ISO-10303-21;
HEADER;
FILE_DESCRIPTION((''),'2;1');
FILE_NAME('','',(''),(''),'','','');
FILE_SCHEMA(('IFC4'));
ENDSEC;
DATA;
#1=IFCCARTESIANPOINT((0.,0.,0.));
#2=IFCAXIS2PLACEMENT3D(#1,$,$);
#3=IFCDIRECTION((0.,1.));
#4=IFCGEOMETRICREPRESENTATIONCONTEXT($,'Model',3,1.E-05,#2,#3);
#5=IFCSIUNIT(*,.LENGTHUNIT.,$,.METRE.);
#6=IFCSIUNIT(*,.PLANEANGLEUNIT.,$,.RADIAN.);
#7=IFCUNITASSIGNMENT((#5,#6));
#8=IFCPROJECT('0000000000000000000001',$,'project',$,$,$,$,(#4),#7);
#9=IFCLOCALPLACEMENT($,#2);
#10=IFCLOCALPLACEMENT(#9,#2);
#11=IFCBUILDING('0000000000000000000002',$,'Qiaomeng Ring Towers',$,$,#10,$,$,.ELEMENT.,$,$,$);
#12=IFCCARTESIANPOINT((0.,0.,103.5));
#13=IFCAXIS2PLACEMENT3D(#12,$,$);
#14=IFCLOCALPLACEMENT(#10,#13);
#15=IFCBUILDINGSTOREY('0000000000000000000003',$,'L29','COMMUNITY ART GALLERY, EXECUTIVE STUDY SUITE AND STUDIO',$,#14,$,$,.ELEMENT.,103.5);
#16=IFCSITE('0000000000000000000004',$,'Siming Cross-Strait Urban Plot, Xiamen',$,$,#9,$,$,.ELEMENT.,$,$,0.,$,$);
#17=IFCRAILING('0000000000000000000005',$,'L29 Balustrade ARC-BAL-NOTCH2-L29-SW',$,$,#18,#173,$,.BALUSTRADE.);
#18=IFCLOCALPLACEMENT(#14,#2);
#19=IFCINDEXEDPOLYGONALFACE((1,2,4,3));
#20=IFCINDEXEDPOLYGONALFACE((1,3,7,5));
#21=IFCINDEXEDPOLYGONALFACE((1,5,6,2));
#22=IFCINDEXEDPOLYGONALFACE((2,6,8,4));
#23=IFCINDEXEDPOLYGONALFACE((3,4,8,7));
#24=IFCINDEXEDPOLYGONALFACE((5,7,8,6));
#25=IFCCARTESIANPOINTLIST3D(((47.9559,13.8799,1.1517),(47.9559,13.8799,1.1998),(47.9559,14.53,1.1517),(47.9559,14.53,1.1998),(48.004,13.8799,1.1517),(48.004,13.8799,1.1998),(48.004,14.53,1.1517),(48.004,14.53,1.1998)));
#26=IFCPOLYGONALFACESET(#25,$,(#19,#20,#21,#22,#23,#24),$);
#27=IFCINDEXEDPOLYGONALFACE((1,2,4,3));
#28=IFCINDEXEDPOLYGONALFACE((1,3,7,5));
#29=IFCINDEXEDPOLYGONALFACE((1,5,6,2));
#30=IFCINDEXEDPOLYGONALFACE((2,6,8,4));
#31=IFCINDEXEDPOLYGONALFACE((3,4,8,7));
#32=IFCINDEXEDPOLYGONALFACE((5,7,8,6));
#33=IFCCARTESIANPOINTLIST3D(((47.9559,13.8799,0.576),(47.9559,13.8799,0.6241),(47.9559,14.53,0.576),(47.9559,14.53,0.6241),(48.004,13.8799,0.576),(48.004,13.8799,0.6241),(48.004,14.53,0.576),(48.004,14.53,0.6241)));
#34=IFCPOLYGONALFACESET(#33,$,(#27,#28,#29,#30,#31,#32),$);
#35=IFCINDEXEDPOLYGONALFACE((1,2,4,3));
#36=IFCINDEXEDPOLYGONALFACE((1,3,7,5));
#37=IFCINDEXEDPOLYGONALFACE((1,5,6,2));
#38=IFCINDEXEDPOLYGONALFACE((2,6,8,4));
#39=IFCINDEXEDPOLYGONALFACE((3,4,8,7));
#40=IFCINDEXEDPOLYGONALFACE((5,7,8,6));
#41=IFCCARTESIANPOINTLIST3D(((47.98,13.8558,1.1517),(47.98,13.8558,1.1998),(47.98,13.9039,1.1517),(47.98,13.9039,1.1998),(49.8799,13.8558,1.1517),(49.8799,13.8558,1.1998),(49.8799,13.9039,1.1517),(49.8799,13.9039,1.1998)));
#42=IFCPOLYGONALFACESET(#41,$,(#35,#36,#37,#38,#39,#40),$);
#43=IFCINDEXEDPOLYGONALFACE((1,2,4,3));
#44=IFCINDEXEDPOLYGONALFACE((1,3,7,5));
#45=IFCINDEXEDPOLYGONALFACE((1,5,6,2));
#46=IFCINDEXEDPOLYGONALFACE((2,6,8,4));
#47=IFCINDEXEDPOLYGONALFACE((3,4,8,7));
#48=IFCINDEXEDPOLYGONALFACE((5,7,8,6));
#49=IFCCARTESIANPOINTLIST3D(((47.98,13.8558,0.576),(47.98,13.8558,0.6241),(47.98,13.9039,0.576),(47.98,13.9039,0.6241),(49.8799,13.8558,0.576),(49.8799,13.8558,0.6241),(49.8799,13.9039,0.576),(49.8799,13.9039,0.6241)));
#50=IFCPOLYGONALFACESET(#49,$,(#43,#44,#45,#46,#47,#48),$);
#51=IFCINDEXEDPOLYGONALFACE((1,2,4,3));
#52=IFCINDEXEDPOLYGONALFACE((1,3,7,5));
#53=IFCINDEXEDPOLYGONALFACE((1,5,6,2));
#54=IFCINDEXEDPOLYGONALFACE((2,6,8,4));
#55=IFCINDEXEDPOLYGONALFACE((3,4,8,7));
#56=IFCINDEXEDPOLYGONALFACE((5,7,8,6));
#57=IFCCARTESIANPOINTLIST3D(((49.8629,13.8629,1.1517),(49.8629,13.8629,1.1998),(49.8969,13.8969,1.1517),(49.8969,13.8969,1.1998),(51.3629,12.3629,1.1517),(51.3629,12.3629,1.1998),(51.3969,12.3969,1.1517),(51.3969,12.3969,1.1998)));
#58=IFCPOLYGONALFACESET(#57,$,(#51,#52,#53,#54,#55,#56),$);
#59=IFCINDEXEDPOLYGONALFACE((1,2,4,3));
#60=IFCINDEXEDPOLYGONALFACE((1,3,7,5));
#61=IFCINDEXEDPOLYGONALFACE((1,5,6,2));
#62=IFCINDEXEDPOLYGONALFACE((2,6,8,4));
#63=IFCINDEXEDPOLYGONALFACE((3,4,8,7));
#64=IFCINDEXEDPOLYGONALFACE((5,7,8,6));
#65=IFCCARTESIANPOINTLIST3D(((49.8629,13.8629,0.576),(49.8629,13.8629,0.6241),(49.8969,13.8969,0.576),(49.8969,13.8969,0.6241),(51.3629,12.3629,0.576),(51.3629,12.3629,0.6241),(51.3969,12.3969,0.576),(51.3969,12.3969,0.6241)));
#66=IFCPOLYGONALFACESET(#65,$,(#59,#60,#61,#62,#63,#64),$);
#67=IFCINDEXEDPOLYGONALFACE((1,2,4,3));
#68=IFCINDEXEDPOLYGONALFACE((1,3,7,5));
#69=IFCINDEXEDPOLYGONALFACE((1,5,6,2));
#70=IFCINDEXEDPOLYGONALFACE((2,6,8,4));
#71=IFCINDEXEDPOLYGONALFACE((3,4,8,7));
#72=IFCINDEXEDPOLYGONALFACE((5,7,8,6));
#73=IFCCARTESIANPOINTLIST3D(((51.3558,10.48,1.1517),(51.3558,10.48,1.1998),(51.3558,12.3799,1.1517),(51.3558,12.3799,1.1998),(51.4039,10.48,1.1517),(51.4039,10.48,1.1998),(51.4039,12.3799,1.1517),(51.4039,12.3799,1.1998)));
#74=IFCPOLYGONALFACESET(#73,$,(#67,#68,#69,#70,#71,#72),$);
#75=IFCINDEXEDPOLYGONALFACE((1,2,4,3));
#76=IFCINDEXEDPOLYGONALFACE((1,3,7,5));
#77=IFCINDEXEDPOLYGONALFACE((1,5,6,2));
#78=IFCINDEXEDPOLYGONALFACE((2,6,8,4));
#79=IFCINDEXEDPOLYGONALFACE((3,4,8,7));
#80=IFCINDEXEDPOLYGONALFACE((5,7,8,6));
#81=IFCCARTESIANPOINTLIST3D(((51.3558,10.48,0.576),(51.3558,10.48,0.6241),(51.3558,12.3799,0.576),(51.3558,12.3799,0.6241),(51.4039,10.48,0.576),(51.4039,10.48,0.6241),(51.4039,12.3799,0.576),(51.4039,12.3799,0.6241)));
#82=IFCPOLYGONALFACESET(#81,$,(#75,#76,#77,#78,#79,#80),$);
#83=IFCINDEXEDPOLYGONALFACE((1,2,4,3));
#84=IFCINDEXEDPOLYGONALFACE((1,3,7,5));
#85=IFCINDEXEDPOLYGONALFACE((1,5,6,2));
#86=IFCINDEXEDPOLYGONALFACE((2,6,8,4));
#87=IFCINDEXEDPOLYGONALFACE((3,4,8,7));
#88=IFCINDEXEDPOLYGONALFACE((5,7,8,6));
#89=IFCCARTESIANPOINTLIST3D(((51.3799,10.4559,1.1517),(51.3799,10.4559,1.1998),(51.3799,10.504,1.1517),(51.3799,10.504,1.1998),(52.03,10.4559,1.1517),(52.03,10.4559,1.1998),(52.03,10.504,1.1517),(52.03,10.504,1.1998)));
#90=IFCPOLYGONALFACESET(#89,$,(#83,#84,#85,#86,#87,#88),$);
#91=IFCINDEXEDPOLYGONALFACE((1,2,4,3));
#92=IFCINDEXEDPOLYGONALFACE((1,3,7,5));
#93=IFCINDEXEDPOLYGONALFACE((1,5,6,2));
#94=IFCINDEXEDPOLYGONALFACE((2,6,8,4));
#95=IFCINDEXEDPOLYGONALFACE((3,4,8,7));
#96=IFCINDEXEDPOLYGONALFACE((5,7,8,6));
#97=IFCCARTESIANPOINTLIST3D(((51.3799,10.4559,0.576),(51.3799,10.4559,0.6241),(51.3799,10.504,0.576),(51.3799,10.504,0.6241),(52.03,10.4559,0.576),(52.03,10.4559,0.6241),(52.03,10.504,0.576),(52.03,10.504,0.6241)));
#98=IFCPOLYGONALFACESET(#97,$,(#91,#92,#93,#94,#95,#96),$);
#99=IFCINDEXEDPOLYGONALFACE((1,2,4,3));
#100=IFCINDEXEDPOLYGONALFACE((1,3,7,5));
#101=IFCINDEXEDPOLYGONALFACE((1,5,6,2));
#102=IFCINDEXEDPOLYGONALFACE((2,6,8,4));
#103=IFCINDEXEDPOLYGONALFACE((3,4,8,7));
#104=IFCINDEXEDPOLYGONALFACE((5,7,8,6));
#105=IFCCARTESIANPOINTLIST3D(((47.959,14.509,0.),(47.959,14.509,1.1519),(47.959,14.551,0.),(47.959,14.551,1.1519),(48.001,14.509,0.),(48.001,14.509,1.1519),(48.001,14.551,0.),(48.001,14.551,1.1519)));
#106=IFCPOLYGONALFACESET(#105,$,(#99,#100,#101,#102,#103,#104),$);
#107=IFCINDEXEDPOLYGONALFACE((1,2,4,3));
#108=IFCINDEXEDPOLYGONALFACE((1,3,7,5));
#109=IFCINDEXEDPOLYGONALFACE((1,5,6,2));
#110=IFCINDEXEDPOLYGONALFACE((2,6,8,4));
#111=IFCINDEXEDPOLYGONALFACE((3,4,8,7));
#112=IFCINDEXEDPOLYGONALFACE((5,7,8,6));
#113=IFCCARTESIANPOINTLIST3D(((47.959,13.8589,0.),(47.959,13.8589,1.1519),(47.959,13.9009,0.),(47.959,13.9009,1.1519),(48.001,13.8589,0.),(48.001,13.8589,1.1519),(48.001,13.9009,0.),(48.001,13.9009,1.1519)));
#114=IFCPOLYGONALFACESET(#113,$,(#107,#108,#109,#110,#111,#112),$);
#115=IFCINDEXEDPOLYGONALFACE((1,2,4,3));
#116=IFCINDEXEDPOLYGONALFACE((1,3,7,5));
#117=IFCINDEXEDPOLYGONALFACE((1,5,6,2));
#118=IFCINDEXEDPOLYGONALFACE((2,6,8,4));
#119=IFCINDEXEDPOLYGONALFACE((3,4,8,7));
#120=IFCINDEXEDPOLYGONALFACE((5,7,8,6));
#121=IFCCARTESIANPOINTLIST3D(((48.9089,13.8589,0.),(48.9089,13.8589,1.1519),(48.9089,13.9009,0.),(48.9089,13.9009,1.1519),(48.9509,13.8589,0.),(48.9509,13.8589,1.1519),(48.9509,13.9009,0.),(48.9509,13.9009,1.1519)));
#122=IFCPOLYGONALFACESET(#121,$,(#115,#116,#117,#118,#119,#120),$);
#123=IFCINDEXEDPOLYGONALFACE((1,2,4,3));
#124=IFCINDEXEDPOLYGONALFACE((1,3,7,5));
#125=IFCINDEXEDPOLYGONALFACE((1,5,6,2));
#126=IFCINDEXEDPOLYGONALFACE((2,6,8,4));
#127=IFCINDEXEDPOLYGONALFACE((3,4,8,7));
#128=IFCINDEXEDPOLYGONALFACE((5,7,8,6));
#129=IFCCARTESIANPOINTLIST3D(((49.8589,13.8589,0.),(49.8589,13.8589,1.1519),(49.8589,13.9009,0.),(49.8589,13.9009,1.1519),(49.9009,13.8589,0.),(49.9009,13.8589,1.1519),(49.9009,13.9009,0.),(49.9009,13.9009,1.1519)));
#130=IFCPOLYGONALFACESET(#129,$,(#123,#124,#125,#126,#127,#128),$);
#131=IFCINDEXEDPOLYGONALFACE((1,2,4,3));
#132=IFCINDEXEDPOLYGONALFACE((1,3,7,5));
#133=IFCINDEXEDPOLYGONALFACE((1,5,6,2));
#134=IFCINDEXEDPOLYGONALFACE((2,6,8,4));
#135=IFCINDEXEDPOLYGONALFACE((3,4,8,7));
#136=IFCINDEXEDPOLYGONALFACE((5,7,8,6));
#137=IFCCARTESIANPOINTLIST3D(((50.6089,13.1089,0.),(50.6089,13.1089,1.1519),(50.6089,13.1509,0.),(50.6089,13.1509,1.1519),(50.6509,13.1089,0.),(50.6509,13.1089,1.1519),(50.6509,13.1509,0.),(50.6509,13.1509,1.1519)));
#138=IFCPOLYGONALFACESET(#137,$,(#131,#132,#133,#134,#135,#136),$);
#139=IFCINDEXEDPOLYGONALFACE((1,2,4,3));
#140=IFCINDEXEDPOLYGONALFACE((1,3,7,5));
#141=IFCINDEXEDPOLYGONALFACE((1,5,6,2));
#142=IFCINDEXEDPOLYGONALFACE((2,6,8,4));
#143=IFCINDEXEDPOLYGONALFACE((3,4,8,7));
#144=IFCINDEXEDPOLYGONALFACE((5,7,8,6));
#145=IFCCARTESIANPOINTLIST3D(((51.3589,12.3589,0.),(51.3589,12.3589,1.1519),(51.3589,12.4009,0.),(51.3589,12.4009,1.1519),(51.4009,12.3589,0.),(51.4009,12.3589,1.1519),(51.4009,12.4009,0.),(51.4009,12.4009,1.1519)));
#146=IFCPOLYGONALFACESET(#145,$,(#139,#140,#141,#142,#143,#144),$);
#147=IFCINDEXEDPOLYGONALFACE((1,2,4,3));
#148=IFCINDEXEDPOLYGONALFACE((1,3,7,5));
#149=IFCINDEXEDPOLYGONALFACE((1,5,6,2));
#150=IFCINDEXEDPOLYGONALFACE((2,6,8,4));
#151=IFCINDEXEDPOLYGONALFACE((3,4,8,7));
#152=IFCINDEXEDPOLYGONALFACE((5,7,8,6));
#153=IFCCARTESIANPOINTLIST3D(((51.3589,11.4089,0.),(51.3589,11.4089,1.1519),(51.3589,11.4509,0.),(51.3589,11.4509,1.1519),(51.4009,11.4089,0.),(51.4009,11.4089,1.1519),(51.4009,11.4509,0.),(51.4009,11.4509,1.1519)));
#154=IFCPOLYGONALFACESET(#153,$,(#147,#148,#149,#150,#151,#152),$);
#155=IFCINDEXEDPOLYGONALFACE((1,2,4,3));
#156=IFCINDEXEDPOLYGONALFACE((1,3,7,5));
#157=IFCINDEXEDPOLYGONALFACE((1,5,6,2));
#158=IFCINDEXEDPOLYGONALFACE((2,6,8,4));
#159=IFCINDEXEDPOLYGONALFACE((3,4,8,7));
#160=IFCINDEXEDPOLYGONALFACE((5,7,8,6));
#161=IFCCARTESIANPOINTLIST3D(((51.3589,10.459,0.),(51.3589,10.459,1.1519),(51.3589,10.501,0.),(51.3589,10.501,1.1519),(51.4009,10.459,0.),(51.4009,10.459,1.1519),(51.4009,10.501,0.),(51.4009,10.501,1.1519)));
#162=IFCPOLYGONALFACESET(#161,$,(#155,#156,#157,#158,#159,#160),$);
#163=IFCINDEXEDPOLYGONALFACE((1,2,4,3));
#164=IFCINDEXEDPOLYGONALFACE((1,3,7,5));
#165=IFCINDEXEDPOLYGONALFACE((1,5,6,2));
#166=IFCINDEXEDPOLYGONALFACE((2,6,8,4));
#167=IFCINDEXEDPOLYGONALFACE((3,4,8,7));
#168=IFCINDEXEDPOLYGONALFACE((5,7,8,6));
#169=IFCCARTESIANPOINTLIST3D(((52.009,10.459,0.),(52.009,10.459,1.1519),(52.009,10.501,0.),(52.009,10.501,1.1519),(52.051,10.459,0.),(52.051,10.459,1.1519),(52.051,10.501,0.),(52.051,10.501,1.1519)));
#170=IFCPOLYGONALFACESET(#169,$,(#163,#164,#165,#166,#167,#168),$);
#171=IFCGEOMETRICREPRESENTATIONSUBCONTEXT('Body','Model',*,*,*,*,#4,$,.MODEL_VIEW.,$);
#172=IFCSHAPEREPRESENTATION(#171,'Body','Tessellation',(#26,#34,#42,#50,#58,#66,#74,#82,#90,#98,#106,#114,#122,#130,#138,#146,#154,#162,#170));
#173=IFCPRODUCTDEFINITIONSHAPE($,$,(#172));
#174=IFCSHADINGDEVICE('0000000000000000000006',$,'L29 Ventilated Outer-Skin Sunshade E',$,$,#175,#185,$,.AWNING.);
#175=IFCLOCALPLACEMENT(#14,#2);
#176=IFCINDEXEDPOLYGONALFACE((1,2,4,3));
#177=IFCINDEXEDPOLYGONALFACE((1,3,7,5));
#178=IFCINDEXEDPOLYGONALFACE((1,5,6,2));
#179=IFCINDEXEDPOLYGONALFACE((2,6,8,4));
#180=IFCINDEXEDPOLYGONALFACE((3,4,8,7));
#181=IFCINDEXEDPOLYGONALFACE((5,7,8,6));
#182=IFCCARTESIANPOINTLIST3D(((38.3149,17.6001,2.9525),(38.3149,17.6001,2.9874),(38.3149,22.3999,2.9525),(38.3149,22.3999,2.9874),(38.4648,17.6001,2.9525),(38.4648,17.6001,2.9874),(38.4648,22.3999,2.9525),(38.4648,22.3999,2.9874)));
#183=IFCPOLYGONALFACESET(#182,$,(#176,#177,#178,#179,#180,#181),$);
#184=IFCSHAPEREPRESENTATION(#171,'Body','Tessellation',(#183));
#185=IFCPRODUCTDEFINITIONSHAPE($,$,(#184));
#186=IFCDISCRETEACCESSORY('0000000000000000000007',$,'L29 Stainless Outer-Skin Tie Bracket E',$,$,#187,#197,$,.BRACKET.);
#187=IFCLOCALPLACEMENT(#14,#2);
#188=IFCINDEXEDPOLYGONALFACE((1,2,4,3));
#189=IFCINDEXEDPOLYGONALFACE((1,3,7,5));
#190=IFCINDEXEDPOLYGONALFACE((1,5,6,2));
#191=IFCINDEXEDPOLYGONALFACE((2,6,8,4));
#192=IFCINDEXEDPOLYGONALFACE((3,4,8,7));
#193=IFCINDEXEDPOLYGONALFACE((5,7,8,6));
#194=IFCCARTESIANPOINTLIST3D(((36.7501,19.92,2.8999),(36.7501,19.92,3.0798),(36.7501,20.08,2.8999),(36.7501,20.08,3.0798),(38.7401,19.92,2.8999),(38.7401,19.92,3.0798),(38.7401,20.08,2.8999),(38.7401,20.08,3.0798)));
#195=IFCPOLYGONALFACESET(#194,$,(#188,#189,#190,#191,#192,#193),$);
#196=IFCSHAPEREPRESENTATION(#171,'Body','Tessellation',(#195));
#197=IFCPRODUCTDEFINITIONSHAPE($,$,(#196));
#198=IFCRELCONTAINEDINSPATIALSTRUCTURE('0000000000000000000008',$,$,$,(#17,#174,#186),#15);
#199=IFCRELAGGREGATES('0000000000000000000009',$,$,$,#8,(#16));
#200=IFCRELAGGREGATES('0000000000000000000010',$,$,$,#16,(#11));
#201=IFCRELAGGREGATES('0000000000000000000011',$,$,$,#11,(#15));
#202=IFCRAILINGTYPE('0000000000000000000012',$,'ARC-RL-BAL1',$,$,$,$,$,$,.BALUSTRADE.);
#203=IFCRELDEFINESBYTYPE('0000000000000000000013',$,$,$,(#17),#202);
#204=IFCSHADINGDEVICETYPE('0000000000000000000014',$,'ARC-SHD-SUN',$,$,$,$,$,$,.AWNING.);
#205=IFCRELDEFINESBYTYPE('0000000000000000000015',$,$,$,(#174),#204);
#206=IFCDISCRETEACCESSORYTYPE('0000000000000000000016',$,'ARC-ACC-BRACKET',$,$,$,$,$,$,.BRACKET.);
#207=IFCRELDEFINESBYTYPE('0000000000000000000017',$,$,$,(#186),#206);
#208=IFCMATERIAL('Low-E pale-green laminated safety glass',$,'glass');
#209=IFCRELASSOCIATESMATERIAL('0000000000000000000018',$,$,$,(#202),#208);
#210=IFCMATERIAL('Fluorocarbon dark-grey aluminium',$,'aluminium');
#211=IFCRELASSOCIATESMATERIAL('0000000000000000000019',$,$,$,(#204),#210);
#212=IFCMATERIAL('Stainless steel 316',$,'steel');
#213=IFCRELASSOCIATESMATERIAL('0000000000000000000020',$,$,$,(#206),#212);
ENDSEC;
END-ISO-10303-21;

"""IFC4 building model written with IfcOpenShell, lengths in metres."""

from ifc_helpers import new_model, si_unit, direction, frame, origin, origin_2d, place, context, subcontext, project, spatial, rectangle, extrude, source, transform, mapped, material, material_profile, profile_set, type_object, element, save


model = new_model("IFC4")

# Units and contexts
model_context = context("Model", 3, precision=1e-05, world=origin(), true_north=direction((0.0, 1.0)))
body_context = subcontext(model_context, "Body", "Model", "MODEL_VIEW")
ifc_project = project(units=[si_unit("LENGTHUNIT", "METRE"), si_unit("PLANEANGLEUNIT", "RADIAN")], contexts=[model_context])

# Site, building, storey
site_placement = place(None, origin())
site = spatial("IfcSite", under=ifc_project, at=site_placement, Name="Siming Cross-Strait Urban Plot, Xiamen", CompositionType="ELEMENT", RefElevation=0.0)
building_placement = place(site_placement, origin())
building = spatial("IfcBuilding", under=site, at=building_placement, Name="Qiaomeng Ring Towers", CompositionType="ELEMENT")
storey_placement = place(building_placement, frame((0.0, 0.0, 103.5)))
storey = spatial("IfcBuildingStorey", under=building, at=storey_placement, Name="L29", Description="COMMUNITY ART GALLERY, EXECUTIVE STUDY SUITE AND STUDIO", CompositionType="ELEMENT", Elevation=103.5)

# Shared definitions
ifc_material_1 = material(Name="Fluorocarbon dark-grey aluminium", Category="aluminium")

# Shared definitions
ifc_material_2 = material(Name="Stainless steel 316", Category="steel")

# Railing
ifc_material_3 = material(Name="Low-E pale-green laminated safety glass", Category="glass")
railing_type = type_object("IfcRailingType", Name="ARC-RL-BAL1", PredefinedType="BALUSTRADE", material=ifc_material_3)
railing_1_placement = place(storey_placement, frame((47.98, 14.53, 0.0)))
element("IfcRailing", 1, at=railing_1_placement, inside=storey, type_object=railing_type, Name="L29 Balustrade ARC-BAL-NOTCH2-L29-SW", PredefinedType="BALUSTRADE", context=body_context, shape_type="SweptSolid", body=[
    extrude(rectangle(XDim=0.0481, YDim=0.0481, at=origin_2d()), frame((0.0, 0.0, 1.1758), z_axis=(0.0, -1.0, 0.0), x_axis=(1.0, 0.0, 0.0)), (0.0, 0.0, 1.0), 0.6501),
    extrude(rectangle(XDim=0.0481, YDim=0.0481, at=origin_2d()), frame((0.0, 0.0, 0.6001), z_axis=(0.0, -1.0, 0.0), x_axis=(1.0, 0.0, 0.0)), (0.0, 0.0, 1.0), 0.6501),
    extrude(rectangle(XDim=0.0481, YDim=0.0481, at=origin_2d()), frame((0.0, -0.6501, 1.1758), z_axis=(1.0, 0.0, 0.0), x_axis=(0.0, 1.0, 0.0)), (0.0, 0.0, 1.0), 1.8999),
    extrude(rectangle(XDim=0.0481, YDim=0.0481, at=origin_2d()), frame((0.0, -0.6501, 0.6001), z_axis=(1.0, 0.0, 0.0), x_axis=(0.0, 1.0, 0.0)), (0.0, 0.0, 1.0), 1.8999),
    extrude(rectangle(XDim=0.0481, YDim=0.0481, at=origin_2d()), frame((1.8999, -0.6501, 1.1758), z_axis=(0.707107, -0.707107, 0.0), x_axis=(0.707107, 0.707107, 0.0)), (0.0, 0.0, 1.0), 2.1213),
    extrude(rectangle(XDim=0.0481, YDim=0.0481, at=origin_2d()), frame((1.8999, -0.6501, 0.6001), z_axis=(0.707107, -0.707107, 0.0), x_axis=(0.707107, 0.707107, 0.0)), (0.0, 0.0, 1.0), 2.1213),
    extrude(rectangle(XDim=0.0481, YDim=0.0481, at=origin_2d()), frame((3.3999, -2.1501, 1.1758), z_axis=(0.0, -1.0, 0.0), x_axis=(1.0, 0.0, 0.0)), (0.0, 0.0, 1.0), 1.8999),
    extrude(rectangle(XDim=0.0481, YDim=0.0481, at=origin_2d()), frame((3.3999, -2.1501, 0.6001), z_axis=(0.0, -1.0, 0.0), x_axis=(1.0, 0.0, 0.0)), (0.0, 0.0, 1.0), 1.8999),
    extrude(rectangle(XDim=0.0481, YDim=0.0481, at=origin_2d()), frame((3.3999, -4.05, 1.1758), z_axis=(1.0, 0.0, 0.0), x_axis=(0.0, 1.0, 0.0)), (0.0, 0.0, 1.0), 0.6501),
    extrude(rectangle(XDim=0.0481, YDim=0.0481, at=origin_2d()), frame((3.3999, -4.05, 0.6001), z_axis=(1.0, 0.0, 0.0), x_axis=(0.0, 1.0, 0.0)), (0.0, 0.0, 1.0), 0.6501),
    extrude(rectangle(XDim=0.042, YDim=0.042, at=origin_2d()), origin(), (0.0, 0.0, 1.0), 1.1519),
    extrude(rectangle(XDim=0.042, YDim=0.042, at=origin_2d()), frame((0.0, -0.6501, 0.0)), (0.0, 0.0, 1.0), 1.1519),
    extrude(rectangle(XDim=0.042, YDim=0.042, at=origin_2d()), frame((0.95, -0.6501, 0.0)), (0.0, 0.0, 1.0), 1.1519),
    extrude(rectangle(XDim=0.042, YDim=0.042, at=origin_2d()), frame((1.8999, -0.6501, 0.0)), (0.0, 0.0, 1.0), 1.1519),
    extrude(rectangle(XDim=0.042, YDim=0.042, at=origin_2d()), frame((2.6499, -1.4001, 0.0)), (0.0, 0.0, 1.0), 1.1519),
    extrude(rectangle(XDim=0.042, YDim=0.042, at=origin_2d()), frame((3.3999, -2.1501, 0.0)), (0.0, 0.0, 1.0), 1.1519),
    extrude(rectangle(XDim=0.042, YDim=0.042, at=origin_2d()), frame((3.3999, -3.1001, 0.0)), (0.0, 0.0, 1.0), 1.1519),
    extrude(rectangle(XDim=0.042, YDim=0.042, at=origin_2d()), frame((3.3999, -4.05, 0.0)), (0.0, 0.0, 1.0), 1.1519),
    extrude(rectangle(XDim=0.042, YDim=0.042, at=origin_2d()), frame((4.05, -4.05, 0.0)), (0.0, 0.0, 1.0), 1.1519),
])

# Shading device
ifc_material_profile_1 = material_profile(ifc_material_1, rectangle(XDim=0.1499, YDim=0.0349, at=origin_2d()), Name="LV BLADE 150x35")
ifc_profile_set_1 = profile_set([ifc_material_profile_1], Name="Fluorocarbon dark-grey aluminium")
shading_device_type = type_object("IfcShadingDeviceType", Name="ARC-SHD-SUN", PredefinedType="AWNING", material=ifc_profile_set_1)
shared_shape_1 = source(origin(), body_context, "Body", "SweptSolid", [
    extrude(rectangle(XDim=0.1499, YDim=0.0349, at=origin_2d()), origin(), (0.0, 0.0, 1.0), 4.7998),
])
shading_device_placement = place(storey_placement, frame((38.3899, 17.6001, 2.97), z_axis=(0.0, 1.0, 0.0), x_axis=(-1.0, 0.0, 0.0)))
element("IfcShadingDevice", 2, at=shading_device_placement, inside=storey, type_object=shading_device_type, Name="L29 Ventilated Outer-Skin Sunshade E", PredefinedType="AWNING", context=body_context, shape_type="MappedRepresentation", body=[
    mapped(shared_shape_1, transform((0.0, 0.0, 0.0), x_axis=(1.0, 0.0, 0.0), y_axis=(0.0, 1.0, 0.0), z_axis=(0.0, 0.0, 1.0), scale=1.0)),
])

# Discrete accessory
discrete_accessory_type = type_object("IfcDiscreteAccessoryType", Name="ARC-ACC-BRACKET", PredefinedType="BRACKET", material=ifc_material_2)
shared_shape_2 = source(origin(), body_context, "Body", "SweptSolid", [
    extrude(rectangle(XDim=1.99, YDim=0.1599, at=origin_2d()), origin(), (0.0, 0.0, 1.0), 0.1799),
])
discrete_accessory_placement = place(storey_placement, frame((37.7451, 20.0, 2.8999), z_axis=(0.0, 0.0, 1.0), x_axis=(1.0, 0.0, 0.0)))
element("IfcDiscreteAccessory", 3, at=discrete_accessory_placement, inside=storey, type_object=discrete_accessory_type, Name="L29 Stainless Outer-Skin Tie Bracket E", PredefinedType="BRACKET", context=body_context, shape_type="MappedRepresentation", body=[
    mapped(shared_shape_2, transform((0.0, 0.0, 0.0), x_axis=(1.0, 0.0, 0.0), y_axis=(0.0, 1.0, 0.0), z_axis=(0.0, 0.0, 1.0), scale=1.0)),
])

save(model, "model.ifc")
